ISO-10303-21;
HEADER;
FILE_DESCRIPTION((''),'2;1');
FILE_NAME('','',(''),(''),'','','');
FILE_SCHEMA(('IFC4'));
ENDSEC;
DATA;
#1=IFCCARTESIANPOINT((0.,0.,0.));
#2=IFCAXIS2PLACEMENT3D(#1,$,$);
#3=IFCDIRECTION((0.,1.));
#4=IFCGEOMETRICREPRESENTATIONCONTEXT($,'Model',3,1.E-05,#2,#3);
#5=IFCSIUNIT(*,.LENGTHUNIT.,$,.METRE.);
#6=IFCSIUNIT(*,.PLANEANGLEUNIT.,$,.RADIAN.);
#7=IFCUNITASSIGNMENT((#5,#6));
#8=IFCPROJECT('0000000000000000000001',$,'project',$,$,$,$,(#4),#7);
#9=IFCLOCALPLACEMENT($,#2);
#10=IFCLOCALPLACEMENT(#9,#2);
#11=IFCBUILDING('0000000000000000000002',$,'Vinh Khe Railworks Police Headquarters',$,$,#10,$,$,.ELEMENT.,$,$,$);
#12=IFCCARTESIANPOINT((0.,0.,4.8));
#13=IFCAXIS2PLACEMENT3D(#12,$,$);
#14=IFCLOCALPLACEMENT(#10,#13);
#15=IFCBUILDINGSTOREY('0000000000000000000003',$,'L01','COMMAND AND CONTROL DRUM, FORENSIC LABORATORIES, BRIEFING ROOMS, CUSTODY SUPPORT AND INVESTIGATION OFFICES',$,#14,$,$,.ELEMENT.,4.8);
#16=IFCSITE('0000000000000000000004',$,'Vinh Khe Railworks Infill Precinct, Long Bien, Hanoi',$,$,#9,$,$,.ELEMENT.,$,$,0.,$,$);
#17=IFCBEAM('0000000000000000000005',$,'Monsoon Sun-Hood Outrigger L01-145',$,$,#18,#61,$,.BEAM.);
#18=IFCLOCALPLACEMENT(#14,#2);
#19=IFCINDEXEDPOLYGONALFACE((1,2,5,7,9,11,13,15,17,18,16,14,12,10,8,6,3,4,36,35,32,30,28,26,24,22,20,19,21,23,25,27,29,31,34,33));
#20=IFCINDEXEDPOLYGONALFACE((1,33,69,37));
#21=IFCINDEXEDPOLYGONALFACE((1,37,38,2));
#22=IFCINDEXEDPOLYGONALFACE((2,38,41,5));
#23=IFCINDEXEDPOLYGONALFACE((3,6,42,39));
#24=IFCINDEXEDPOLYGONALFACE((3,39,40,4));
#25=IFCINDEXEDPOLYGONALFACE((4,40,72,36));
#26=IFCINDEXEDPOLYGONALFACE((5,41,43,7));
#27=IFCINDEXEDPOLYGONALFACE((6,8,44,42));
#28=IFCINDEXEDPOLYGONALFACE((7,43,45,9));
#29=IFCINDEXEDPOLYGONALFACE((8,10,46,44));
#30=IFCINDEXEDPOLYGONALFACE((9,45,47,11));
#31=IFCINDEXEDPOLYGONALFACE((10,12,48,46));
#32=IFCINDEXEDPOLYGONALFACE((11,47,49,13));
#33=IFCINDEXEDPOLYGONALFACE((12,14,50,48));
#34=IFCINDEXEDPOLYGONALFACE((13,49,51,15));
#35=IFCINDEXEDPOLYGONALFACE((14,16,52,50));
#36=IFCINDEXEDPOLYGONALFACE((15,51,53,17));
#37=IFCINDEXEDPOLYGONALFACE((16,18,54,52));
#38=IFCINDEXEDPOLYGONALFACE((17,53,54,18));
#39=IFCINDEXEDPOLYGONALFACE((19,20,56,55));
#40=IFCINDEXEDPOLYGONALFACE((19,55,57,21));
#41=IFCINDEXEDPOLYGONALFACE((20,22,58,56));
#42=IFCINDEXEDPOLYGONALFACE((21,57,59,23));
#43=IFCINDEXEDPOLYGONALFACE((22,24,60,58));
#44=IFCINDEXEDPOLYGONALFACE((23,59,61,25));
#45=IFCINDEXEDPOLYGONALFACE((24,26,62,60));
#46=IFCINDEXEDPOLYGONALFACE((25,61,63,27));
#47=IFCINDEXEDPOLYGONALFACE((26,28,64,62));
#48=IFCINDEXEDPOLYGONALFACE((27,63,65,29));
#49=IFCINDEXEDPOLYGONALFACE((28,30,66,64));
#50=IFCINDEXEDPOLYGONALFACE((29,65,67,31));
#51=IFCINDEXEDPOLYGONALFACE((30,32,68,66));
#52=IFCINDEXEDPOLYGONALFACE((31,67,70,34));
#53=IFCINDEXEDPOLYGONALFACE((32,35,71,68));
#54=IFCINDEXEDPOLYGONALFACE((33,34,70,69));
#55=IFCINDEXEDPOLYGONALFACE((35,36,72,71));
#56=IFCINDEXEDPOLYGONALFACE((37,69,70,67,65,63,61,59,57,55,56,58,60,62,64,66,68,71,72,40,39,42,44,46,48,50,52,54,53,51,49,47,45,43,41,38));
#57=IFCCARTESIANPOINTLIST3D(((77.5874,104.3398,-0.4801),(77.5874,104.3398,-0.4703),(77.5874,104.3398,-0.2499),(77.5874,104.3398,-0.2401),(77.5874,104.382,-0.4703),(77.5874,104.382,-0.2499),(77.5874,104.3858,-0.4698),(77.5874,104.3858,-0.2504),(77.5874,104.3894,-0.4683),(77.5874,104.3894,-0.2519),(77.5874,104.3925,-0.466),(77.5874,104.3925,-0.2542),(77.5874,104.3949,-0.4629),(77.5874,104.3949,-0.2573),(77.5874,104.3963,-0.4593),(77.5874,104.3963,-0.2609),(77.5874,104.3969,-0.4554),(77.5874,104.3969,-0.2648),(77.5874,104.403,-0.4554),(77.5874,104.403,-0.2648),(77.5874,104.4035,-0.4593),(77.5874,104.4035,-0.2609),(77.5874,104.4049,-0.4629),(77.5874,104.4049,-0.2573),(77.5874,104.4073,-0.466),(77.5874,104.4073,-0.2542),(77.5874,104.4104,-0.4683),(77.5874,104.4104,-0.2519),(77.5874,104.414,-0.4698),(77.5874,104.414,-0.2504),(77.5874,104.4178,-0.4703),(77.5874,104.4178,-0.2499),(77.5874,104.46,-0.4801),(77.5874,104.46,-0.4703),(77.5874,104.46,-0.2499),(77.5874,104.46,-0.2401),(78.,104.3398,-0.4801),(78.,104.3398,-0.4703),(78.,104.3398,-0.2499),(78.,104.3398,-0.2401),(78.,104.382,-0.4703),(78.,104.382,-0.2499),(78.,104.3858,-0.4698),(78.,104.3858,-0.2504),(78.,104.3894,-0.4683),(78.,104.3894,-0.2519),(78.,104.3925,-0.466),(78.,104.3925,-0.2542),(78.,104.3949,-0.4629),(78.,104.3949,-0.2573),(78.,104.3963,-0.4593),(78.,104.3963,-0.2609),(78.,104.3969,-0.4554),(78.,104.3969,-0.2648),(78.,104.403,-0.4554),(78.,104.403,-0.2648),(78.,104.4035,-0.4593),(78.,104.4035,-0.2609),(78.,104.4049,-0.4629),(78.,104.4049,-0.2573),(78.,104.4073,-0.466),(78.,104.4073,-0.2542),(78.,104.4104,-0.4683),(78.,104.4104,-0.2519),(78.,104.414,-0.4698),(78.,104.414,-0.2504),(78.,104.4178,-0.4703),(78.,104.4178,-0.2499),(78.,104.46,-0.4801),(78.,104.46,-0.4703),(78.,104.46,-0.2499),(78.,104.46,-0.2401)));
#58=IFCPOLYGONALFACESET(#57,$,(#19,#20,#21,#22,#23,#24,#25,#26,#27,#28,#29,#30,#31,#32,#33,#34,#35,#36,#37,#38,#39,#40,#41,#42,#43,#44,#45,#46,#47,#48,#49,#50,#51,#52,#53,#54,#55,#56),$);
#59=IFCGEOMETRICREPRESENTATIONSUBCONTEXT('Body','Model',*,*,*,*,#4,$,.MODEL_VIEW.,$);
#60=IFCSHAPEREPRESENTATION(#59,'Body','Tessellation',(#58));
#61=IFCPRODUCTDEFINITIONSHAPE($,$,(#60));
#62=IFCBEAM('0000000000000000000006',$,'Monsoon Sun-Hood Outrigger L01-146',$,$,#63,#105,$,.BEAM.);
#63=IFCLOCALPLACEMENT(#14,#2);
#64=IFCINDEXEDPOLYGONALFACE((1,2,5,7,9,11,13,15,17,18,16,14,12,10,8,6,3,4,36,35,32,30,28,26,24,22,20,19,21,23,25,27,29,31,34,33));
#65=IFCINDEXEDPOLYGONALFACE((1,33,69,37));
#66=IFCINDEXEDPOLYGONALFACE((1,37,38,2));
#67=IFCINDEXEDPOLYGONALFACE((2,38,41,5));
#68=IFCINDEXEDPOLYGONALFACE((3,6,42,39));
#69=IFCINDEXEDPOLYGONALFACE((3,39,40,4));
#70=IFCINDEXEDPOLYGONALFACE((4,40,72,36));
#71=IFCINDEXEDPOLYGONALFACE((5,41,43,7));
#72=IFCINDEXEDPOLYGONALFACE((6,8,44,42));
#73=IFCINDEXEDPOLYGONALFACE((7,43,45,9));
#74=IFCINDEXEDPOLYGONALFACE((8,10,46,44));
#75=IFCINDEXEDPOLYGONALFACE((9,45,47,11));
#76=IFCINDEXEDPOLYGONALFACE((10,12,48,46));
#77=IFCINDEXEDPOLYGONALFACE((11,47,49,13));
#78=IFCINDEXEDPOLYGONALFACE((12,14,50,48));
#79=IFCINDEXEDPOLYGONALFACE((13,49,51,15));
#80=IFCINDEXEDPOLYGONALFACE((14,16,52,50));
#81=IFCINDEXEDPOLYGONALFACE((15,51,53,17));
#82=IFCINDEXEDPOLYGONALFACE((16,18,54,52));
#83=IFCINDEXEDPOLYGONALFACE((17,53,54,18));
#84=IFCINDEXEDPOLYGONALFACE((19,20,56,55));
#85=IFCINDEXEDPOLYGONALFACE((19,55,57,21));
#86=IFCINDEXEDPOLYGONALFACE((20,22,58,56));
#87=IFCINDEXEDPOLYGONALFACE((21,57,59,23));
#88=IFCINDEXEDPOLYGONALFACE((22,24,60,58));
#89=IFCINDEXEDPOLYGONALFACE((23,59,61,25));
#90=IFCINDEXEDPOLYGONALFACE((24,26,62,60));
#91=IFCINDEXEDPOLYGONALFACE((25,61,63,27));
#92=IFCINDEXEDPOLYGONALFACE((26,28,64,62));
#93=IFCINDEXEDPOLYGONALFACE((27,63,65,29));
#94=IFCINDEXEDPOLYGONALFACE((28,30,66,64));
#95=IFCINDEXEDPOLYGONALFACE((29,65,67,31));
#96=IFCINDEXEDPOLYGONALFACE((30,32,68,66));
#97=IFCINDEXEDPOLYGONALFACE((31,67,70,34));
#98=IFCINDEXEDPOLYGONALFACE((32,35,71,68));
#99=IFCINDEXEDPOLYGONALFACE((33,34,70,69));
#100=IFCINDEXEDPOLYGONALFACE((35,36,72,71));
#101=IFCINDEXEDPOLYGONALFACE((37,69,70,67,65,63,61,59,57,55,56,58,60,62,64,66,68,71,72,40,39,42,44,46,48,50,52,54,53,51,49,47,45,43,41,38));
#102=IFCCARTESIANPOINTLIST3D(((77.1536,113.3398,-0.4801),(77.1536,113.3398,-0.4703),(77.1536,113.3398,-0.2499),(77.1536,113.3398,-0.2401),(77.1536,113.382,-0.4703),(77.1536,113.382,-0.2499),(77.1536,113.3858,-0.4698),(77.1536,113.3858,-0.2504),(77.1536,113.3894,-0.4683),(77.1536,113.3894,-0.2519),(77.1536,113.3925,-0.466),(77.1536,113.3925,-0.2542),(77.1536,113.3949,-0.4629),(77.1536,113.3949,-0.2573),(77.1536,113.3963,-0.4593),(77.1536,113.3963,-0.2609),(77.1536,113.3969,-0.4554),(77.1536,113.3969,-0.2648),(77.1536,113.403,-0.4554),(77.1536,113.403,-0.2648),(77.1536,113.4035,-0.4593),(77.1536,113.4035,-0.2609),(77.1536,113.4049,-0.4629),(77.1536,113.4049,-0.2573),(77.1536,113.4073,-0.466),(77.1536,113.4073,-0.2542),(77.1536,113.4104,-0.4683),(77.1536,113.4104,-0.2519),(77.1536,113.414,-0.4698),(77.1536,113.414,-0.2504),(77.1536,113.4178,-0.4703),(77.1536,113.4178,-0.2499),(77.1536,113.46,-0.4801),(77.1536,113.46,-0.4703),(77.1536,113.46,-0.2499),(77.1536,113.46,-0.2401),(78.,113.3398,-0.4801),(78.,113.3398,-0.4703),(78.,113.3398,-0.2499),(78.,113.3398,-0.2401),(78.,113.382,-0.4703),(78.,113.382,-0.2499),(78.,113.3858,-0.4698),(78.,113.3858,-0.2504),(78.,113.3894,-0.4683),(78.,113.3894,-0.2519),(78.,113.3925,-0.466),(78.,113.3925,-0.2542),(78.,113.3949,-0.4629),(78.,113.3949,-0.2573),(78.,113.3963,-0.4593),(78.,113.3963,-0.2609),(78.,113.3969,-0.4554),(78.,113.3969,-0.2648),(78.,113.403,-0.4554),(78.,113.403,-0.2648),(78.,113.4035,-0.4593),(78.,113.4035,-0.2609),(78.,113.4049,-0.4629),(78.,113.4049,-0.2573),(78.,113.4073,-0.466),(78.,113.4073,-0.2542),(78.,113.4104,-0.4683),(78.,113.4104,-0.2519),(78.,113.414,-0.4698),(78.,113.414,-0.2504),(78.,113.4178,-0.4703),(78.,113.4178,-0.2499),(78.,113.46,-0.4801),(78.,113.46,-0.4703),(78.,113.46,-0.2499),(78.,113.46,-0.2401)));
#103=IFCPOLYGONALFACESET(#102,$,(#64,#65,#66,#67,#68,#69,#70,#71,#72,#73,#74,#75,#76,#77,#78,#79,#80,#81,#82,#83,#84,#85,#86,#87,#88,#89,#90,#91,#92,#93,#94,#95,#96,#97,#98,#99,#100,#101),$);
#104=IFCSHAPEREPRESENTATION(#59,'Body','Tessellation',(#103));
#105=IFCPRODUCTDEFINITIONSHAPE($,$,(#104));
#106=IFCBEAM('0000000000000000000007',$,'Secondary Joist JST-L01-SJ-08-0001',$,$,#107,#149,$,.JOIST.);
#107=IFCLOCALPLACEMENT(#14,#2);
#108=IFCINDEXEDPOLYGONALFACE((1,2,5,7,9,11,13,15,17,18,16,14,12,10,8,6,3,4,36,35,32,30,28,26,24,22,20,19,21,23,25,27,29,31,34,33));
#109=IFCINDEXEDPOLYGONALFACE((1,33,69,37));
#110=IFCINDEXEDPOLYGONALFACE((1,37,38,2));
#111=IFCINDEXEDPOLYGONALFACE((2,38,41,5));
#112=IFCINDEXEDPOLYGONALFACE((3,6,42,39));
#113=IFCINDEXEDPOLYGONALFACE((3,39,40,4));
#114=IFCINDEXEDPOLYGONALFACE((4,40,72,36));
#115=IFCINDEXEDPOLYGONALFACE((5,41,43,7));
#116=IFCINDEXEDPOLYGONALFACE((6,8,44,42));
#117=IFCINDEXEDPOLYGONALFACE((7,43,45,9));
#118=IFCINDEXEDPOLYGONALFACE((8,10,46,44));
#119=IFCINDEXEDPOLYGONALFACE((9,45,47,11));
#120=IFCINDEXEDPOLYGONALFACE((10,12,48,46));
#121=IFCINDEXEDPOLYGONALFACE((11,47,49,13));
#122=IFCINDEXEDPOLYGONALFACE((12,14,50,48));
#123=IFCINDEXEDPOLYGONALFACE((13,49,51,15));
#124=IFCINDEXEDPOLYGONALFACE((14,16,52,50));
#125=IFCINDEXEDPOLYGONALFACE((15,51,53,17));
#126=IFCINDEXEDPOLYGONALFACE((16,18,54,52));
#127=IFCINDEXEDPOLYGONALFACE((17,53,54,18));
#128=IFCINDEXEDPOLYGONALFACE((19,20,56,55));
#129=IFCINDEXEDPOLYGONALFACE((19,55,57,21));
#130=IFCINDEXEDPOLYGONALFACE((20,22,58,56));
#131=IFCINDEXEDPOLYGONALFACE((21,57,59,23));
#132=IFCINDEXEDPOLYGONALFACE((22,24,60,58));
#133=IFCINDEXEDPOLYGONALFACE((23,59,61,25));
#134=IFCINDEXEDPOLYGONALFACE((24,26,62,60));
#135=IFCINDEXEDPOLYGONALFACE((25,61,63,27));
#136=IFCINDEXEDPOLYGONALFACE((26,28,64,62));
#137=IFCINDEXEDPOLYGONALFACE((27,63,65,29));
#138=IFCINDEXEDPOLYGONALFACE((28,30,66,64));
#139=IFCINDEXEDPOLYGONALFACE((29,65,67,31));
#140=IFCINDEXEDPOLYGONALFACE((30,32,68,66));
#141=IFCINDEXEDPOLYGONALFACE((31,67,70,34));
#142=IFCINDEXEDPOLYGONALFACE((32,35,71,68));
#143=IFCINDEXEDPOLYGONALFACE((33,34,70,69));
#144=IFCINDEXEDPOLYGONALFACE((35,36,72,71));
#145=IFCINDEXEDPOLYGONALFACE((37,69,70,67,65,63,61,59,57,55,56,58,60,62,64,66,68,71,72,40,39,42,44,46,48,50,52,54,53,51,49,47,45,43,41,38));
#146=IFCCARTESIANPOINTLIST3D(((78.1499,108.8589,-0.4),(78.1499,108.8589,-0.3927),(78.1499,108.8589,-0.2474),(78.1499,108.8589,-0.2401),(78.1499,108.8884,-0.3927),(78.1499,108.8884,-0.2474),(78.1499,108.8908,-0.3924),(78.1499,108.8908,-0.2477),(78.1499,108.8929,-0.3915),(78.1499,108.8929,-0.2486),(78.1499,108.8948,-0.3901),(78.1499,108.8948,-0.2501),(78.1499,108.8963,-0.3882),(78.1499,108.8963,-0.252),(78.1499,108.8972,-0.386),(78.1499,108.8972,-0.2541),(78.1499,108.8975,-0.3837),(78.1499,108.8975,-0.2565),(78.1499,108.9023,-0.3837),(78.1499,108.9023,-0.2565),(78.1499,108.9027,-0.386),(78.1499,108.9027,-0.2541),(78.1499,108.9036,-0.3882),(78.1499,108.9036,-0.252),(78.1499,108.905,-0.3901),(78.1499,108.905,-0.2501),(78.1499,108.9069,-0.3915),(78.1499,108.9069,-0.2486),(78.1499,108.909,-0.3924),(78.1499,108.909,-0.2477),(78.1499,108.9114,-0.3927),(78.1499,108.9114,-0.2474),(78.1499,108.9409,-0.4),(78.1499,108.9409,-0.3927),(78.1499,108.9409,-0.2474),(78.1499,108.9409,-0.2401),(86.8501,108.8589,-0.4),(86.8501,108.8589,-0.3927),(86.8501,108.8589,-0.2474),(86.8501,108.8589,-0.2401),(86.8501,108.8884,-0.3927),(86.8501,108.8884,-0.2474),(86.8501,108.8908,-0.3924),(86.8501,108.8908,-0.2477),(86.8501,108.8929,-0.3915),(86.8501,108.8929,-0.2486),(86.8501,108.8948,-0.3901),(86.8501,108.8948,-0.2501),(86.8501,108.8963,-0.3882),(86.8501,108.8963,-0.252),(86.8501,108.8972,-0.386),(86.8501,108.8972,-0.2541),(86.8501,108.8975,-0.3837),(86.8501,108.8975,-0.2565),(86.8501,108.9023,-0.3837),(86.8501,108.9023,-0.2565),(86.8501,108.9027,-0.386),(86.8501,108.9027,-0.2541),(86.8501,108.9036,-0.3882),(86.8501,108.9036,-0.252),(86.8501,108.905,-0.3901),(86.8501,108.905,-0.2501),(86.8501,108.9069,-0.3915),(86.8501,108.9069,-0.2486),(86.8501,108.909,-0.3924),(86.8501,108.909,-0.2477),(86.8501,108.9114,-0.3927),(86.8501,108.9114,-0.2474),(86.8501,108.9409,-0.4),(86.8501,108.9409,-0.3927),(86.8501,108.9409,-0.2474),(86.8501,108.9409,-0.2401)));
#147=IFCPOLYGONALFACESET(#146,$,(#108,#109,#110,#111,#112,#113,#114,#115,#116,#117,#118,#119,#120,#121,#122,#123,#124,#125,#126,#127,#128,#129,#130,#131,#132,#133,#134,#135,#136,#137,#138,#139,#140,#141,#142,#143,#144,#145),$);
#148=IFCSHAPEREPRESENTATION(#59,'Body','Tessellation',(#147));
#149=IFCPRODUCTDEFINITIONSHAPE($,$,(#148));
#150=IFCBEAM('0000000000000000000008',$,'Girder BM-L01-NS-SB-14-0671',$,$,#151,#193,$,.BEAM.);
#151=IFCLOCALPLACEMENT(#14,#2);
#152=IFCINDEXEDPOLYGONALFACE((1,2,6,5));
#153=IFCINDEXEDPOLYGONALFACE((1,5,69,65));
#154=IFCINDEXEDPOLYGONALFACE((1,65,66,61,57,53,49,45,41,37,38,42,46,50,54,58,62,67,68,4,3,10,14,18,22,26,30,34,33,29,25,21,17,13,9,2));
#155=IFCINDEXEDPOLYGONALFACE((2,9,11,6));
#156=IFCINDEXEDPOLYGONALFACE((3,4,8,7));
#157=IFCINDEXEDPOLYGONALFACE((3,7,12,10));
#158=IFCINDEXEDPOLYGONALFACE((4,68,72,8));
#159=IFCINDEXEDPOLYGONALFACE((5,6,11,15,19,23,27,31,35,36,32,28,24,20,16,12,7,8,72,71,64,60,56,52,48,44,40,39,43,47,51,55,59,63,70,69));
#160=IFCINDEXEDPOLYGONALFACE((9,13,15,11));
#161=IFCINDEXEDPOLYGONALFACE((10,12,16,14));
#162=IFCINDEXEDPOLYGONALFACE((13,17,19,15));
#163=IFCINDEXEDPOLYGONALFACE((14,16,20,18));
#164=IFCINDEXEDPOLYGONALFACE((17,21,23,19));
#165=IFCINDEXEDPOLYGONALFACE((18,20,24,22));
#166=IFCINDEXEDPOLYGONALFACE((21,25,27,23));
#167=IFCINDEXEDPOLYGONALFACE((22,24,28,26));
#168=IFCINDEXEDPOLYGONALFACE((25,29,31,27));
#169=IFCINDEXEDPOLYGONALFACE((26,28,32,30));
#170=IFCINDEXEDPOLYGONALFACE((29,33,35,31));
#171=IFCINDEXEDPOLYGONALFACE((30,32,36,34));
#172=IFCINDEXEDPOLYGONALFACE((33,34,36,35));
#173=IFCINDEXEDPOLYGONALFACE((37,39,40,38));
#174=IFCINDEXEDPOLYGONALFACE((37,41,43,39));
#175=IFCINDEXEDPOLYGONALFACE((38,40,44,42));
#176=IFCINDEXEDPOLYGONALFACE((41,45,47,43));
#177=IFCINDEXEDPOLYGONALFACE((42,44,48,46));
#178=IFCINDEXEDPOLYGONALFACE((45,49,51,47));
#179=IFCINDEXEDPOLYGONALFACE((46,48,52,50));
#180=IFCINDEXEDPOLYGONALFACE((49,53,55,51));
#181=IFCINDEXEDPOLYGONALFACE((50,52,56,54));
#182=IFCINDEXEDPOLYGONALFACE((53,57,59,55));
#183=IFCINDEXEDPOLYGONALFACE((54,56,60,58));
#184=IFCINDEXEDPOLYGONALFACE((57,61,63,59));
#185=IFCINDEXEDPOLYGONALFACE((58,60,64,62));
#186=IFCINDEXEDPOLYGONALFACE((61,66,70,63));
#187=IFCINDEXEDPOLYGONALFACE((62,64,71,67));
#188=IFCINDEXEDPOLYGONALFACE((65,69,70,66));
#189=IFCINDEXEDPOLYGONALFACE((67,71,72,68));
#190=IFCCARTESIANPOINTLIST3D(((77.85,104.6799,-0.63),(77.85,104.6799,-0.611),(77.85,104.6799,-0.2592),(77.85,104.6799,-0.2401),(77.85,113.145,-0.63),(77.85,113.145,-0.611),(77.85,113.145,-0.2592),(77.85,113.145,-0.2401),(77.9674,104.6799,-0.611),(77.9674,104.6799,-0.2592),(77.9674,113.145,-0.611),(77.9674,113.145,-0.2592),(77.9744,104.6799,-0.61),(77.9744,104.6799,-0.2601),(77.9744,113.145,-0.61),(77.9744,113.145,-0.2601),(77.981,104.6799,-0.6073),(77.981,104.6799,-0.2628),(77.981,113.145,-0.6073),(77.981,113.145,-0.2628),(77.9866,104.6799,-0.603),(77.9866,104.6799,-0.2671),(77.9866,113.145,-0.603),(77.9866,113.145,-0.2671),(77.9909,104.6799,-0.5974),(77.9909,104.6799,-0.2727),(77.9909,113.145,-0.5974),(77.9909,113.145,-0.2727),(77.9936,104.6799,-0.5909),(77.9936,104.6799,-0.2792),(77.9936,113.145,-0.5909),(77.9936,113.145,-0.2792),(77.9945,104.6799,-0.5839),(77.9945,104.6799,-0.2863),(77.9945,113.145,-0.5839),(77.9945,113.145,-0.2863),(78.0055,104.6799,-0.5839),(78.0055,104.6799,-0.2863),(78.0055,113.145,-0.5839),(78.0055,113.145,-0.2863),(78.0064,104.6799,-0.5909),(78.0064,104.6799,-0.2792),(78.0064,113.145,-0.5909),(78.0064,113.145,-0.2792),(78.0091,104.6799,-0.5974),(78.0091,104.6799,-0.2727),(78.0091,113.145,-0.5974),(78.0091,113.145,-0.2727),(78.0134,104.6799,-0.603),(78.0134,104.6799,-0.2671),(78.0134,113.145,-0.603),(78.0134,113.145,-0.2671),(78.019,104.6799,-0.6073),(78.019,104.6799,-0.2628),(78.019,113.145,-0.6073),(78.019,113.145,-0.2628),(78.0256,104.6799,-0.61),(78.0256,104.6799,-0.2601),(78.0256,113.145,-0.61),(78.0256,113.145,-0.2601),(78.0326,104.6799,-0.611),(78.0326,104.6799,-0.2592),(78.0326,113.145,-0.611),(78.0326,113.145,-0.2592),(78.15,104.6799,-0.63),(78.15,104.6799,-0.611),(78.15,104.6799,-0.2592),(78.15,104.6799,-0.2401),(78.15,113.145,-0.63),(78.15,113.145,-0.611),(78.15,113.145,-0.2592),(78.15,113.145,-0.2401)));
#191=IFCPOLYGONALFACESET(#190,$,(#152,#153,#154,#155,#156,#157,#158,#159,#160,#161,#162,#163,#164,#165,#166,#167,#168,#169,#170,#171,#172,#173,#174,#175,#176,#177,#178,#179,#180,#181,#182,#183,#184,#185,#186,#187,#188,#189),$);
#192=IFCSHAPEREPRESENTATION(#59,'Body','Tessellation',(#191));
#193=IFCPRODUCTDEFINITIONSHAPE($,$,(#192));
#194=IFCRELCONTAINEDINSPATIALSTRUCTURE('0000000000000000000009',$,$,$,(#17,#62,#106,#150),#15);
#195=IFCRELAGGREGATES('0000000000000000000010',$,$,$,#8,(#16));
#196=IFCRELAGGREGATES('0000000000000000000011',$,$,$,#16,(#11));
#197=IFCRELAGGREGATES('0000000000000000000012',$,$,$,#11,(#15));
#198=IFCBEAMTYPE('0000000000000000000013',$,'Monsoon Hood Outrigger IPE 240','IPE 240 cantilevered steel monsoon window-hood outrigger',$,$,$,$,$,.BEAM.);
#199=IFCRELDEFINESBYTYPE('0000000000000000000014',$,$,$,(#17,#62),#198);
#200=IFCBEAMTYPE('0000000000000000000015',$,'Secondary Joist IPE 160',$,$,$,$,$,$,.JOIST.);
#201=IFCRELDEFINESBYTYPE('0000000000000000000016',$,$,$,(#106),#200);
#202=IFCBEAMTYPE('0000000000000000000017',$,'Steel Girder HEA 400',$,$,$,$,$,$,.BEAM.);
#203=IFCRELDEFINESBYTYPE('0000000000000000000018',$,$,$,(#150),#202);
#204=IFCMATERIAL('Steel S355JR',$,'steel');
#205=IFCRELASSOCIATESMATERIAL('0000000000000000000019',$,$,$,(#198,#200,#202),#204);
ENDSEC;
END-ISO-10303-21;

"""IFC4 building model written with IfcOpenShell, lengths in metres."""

from ifc_helpers import new_model, si_unit, direction, frame, origin, origin_2d, place, context, subcontext, project, spatial, i_section, extrude, material, material_profile, profile_set, type_object, element, save


model = new_model("IFC4")

# Units and contexts
model_context = context("Model", 3, precision=1e-05, world=origin(), true_north=direction((0.0, 1.0)))
body_context = subcontext(model_context, "Body", "Model", "MODEL_VIEW")
ifc_project = project(units=[si_unit("LENGTHUNIT", "METRE"), si_unit("PLANEANGLEUNIT", "RADIAN")], contexts=[model_context])

# Site, building, storey
site_placement = place(None, origin())
site = spatial("IfcSite", under=ifc_project, at=site_placement, Name="Vinh Khe Railworks Infill Precinct, Long Bien, Hanoi", CompositionType="ELEMENT", RefElevation=0.0)
building_placement = place(site_placement, origin())
building = spatial("IfcBuilding", under=site, at=building_placement, Name="Vinh Khe Railworks Police Headquarters", CompositionType="ELEMENT")
storey_placement = place(building_placement, frame((0.0, 0.0, 4.8)))
storey = spatial("IfcBuildingStorey", under=building, at=storey_placement, Name="L01", Description="COMMAND AND CONTROL DRUM, FORENSIC LABORATORIES, BRIEFING ROOMS, CUSTODY SUPPORT AND INVESTIGATION OFFICES", CompositionType="ELEMENT", Elevation=4.8)

# Shared definitions
ifc_material_1 = material(Name="Steel S355JR", Category="steel")

# Beams
ifc_material_profile_1 = material_profile(ifc_material_1, i_section(OverallWidth=0.1201, OverallDepth=0.24, WebThickness=0.0061, FlangeThickness=0.0098, FilletRadius=0.0149, at=origin_2d()), Name="IPE 240")
ifc_profile_set_1 = profile_set([ifc_material_profile_1], Name="Steel S355JR")
beam_type_1 = type_object("IfcBeamType", Name="Monsoon Hood Outrigger IPE 240", Description="IPE 240 cantilevered steel monsoon window-hood outrigger", PredefinedType="BEAM", material=ifc_profile_set_1)
beam_1_placement = place(storey_placement, frame((77.5874, 104.3999, -0.3601), z_axis=(1.0, 0.0, 0.0), x_axis=(0.0, 1.0, 0.0)))
element("IfcBeam", 1, at=beam_1_placement, inside=storey, type_object=beam_type_1, Name="Monsoon Sun-Hood Outrigger L01-145", PredefinedType="BEAM", context=body_context, shape_type="SweptSolid", body=[
    extrude(i_section(OverallWidth=0.1201, OverallDepth=0.24, WebThickness=0.0061, FlangeThickness=0.0098, FilletRadius=0.0149, at=origin_2d()), origin(), (0.0, 0.0, 1.0), 0.4126),
])
beam_2_placement = place(storey_placement, frame((77.1536, 113.3999, -0.3601), z_axis=(1.0, 0.0, 0.0), x_axis=(0.0, 1.0, 0.0)))
element("IfcBeam", 2, at=beam_2_placement, inside=storey, type_object=beam_type_1, Name="Monsoon Sun-Hood Outrigger L01-146", PredefinedType="BEAM", context=body_context, shape_type="SweptSolid", body=[
    extrude(i_section(OverallWidth=0.1201, OverallDepth=0.24, WebThickness=0.0061, FlangeThickness=0.0098, FilletRadius=0.0149, at=origin_2d()), origin(), (0.0, 0.0, 1.0), 0.8464),
])
ifc_material_profile_2 = material_profile(ifc_material_1, i_section(OverallWidth=0.082, OverallDepth=0.1599, WebThickness=0.0049, FlangeThickness=0.0073, FilletRadius=0.009, at=origin_2d()), Name="IPE 160")
ifc_profile_set_2 = profile_set([ifc_material_profile_2], Name="Steel S355JR")
beam_type_2 = type_object("IfcBeamType", Name="Secondary Joist IPE 160", PredefinedType="JOIST", material=ifc_profile_set_2)
beam_3_placement = place(storey_placement, frame((78.1499, 108.8999, -0.3201), z_axis=(1.0, 0.0, 0.0), x_axis=(0.0, 1.0, 0.0)))
element("IfcBeam", 3, at=beam_3_placement, inside=storey, type_object=beam_type_2, Name="Secondary Joist JST-L01-SJ-08-0001", PredefinedType="JOIST", context=body_context, shape_type="SweptSolid", body=[
    extrude(i_section(OverallWidth=0.082, OverallDepth=0.1599, WebThickness=0.0049, FlangeThickness=0.0073, FilletRadius=0.009, at=origin_2d()), origin(), (0.0, 0.0, 1.0), 8.7002),
])
ifc_material_profile_3 = material_profile(ifc_material_1, i_section(OverallWidth=0.3, OverallDepth=0.3899, WebThickness=0.011, FlangeThickness=0.019, FilletRadius=0.0271, at=origin_2d()), Name="HEA 400")
ifc_profile_set_3 = profile_set([ifc_material_profile_3], Name="Steel S355JR")
beam_type_3 = type_object("IfcBeamType", Name="Steel Girder HEA 400", PredefinedType="BEAM", material=ifc_profile_set_3)
beam_4_placement = place(storey_placement, frame((78.0, 104.6799, -0.4351), z_axis=(0.0, 1.0, 0.0), x_axis=(-1.0, 0.0, 0.0)))
element("IfcBeam", 4, at=beam_4_placement, inside=storey, type_object=beam_type_3, Name="Girder BM-L01-NS-SB-14-0671", PredefinedType="BEAM", context=body_context, shape_type="SweptSolid", body=[
    extrude(i_section(OverallWidth=0.3, OverallDepth=0.3899, WebThickness=0.011, FlangeThickness=0.019, FilletRadius=0.0271, at=origin_2d()), origin(), (0.0, 0.0, 1.0), 8.4651),
])

save(model, "model.ifc")
